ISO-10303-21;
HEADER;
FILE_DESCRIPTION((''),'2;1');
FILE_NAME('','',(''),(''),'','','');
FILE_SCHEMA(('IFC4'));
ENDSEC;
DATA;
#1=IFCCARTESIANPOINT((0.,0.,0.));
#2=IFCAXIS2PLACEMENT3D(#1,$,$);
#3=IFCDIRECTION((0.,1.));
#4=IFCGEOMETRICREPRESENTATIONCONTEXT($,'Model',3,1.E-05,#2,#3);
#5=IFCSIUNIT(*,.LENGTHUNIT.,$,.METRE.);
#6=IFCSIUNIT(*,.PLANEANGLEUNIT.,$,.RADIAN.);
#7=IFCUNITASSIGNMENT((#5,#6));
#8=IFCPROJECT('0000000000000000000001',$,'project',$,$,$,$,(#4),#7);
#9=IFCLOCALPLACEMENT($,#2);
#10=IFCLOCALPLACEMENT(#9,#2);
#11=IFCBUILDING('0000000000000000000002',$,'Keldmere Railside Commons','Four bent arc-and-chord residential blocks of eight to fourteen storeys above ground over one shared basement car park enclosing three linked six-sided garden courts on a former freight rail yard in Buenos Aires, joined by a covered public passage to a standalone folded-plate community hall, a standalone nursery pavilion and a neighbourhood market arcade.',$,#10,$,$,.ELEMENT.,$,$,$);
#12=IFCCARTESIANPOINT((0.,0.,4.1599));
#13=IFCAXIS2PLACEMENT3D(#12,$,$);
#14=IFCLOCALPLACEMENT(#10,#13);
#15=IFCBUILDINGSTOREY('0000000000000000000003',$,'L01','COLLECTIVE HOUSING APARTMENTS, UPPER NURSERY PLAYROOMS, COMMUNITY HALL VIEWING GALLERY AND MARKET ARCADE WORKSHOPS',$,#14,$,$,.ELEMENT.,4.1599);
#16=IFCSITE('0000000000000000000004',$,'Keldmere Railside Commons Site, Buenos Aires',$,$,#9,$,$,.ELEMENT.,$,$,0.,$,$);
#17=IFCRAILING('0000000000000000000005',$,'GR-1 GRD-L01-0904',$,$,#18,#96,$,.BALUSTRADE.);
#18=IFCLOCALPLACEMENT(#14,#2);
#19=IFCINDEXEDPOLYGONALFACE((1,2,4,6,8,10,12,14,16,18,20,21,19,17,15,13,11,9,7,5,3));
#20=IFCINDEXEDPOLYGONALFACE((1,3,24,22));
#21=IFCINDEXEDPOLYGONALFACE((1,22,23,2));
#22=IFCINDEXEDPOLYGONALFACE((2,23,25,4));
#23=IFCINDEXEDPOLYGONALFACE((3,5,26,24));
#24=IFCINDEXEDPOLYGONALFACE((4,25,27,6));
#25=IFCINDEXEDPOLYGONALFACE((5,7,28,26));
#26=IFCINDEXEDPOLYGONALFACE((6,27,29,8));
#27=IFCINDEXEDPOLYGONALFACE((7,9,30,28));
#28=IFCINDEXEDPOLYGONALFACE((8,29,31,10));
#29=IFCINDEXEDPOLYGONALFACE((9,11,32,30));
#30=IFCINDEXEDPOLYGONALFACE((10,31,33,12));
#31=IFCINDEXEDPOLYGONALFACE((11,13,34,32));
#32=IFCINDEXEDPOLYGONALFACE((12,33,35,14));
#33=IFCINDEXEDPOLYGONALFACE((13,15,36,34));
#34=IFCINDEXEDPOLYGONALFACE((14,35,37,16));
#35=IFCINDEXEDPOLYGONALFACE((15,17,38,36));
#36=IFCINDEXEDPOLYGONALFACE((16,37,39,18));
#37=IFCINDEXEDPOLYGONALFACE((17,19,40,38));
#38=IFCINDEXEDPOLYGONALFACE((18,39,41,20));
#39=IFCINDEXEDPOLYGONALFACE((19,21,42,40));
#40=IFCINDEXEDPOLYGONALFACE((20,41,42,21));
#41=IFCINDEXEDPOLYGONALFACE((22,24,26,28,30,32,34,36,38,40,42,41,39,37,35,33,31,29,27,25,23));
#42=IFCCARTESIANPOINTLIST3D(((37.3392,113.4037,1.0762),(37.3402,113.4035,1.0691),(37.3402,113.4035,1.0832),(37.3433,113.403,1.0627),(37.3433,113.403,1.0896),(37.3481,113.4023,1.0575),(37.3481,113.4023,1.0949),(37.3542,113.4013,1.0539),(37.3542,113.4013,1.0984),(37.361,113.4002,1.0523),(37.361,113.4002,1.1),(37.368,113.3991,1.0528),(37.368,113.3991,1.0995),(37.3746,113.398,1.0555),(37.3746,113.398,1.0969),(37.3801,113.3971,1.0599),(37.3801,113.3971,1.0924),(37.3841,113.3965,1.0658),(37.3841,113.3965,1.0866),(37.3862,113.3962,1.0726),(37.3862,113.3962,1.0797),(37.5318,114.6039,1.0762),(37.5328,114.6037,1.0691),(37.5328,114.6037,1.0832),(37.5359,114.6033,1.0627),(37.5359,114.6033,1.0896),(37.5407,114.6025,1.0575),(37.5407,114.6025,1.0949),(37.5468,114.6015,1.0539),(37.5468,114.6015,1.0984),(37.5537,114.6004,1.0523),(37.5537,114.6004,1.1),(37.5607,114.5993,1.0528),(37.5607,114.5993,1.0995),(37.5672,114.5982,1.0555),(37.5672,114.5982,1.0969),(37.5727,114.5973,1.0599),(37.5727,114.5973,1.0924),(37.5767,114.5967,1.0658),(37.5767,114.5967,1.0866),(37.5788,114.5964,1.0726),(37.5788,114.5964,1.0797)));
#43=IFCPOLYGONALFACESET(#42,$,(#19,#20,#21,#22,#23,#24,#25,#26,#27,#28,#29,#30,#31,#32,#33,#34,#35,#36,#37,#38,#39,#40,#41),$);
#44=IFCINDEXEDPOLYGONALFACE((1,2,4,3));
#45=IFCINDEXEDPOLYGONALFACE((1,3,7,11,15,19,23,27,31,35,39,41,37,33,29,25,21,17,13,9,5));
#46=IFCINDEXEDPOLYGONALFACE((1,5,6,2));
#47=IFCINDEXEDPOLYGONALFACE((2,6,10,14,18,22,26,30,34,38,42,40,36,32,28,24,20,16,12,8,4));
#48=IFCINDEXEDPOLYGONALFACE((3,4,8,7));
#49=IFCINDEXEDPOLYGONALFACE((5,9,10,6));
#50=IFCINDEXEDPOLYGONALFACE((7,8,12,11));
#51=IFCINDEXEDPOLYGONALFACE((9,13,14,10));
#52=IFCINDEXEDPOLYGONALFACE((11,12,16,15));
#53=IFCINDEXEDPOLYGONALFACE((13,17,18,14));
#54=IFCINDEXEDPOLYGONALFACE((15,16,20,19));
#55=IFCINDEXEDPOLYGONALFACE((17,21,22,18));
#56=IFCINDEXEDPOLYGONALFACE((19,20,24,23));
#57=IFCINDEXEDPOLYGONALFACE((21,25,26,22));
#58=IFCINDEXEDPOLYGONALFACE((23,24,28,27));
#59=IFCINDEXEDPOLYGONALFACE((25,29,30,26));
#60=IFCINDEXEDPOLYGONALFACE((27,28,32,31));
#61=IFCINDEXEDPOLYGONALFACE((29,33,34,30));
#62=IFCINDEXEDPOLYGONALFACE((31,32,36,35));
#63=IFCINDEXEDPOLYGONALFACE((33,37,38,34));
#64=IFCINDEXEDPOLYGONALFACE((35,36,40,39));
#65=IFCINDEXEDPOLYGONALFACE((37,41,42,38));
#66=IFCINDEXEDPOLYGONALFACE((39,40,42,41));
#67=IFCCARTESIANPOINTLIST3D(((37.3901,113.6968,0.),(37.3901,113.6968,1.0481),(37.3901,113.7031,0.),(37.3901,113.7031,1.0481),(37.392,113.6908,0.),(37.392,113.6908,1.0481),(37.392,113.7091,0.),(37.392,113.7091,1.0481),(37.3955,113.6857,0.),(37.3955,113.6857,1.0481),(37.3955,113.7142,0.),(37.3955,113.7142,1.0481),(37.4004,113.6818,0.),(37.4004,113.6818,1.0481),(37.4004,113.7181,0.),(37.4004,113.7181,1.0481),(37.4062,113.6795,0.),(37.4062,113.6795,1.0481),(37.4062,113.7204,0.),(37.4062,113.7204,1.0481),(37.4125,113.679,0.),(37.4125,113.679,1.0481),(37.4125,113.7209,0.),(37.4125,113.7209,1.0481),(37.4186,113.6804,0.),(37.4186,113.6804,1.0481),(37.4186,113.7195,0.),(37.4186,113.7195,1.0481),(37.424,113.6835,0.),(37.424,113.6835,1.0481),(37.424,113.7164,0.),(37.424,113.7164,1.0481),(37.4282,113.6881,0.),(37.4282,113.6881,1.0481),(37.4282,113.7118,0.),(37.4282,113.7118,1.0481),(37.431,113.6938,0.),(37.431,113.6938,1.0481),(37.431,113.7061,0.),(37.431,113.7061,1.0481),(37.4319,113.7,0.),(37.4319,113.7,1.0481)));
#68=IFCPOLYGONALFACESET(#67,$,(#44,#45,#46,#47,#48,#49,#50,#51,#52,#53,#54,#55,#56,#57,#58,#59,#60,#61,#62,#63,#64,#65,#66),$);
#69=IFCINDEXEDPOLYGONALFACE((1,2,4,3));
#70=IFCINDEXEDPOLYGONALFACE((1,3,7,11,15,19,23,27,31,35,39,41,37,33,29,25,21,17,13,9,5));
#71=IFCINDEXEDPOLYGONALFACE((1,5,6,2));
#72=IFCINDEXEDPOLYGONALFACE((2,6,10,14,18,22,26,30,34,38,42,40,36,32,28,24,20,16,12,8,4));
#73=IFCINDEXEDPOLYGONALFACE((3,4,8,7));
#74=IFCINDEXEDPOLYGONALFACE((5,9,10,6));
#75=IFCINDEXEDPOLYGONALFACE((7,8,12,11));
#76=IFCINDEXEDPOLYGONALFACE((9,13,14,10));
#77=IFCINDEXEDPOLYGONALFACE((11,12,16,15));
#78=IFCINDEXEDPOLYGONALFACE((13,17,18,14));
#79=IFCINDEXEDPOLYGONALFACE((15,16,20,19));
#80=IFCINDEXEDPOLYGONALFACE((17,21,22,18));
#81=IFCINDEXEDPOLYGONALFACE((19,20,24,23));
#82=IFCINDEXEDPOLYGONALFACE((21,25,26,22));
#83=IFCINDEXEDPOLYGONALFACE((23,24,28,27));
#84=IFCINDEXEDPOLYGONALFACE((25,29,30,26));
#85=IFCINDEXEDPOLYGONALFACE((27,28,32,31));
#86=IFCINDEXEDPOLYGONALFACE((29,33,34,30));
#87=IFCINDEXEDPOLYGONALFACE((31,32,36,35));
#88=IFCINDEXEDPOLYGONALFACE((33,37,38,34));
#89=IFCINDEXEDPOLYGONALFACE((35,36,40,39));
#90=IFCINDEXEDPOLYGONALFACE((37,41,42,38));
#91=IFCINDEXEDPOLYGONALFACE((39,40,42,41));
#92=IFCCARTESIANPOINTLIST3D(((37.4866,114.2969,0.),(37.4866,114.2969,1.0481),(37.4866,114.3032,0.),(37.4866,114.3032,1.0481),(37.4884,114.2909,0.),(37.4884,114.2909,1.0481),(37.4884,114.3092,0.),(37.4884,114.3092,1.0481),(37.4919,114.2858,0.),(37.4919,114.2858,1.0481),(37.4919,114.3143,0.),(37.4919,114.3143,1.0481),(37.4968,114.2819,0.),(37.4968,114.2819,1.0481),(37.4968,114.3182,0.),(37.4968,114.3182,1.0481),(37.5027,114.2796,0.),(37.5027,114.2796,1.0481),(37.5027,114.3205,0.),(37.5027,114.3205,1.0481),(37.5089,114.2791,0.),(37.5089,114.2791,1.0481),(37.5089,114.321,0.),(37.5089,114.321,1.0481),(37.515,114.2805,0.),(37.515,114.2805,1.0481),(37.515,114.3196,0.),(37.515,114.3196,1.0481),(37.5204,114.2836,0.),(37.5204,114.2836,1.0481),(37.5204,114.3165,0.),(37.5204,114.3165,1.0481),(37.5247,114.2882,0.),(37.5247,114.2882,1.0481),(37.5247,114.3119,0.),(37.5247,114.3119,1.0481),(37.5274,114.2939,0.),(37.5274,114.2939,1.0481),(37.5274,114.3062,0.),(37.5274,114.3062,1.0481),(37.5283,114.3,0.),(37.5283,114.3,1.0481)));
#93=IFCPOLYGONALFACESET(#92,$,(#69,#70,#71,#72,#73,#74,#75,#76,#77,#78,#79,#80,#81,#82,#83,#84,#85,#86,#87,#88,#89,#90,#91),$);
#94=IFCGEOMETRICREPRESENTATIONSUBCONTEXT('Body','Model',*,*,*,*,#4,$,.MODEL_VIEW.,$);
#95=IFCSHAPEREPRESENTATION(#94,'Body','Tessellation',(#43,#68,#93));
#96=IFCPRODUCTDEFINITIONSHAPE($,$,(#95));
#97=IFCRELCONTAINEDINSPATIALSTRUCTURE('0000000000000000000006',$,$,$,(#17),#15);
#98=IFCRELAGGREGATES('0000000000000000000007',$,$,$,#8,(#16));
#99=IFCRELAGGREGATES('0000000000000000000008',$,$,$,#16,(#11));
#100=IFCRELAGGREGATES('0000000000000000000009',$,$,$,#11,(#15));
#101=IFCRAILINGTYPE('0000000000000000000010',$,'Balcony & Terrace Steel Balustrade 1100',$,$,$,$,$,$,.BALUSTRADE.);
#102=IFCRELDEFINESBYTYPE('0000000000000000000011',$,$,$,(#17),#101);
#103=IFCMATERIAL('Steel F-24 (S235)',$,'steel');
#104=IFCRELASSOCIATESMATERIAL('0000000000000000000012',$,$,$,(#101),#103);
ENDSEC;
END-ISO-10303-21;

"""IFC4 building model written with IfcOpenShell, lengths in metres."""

from ifc_helpers import new_model, si_unit, direction, frame, origin, origin_2d, place, context, subcontext, project, spatial, circle, extrude, material, type_object, element, save


model = new_model("IFC4")

# Units and contexts
model_context = context("Model", 3, precision=1e-05, world=origin(), true_north=direction((0.0, 1.0)))
body_context = subcontext(model_context, "Body", "Model", "MODEL_VIEW")
ifc_project = project(units=[si_unit("LENGTHUNIT", "METRE"), si_unit("PLANEANGLEUNIT", "RADIAN")], contexts=[model_context])

# Site, building, storey
site_placement = place(None, origin())
site = spatial("IfcSite", under=ifc_project, at=site_placement, Name="Keldmere Railside Commons Site, Buenos Aires", CompositionType="ELEMENT", RefElevation=0.0)
building_placement = place(site_placement, origin())
building = spatial("IfcBuilding", under=site, at=building_placement, Name="Keldmere Railside Commons", Description="Four bent arc-and-chord residential blocks of eight to fourteen storeys above ground over one shared basement car park enclosing three linked six-sided garden courts on a former freight rail yard in Buenos Aires, joined by a covered public passage to a standalone folded-plate community hall, a standalone nursery pavilion and a neighbourhood market arcade.", CompositionType="ELEMENT")
storey_placement = place(building_placement, frame((0.0, 0.0, 4.1599)))
storey = spatial("IfcBuildingStorey", under=building, at=storey_placement, Name="L01", Description="COLLECTIVE HOUSING APARTMENTS, UPPER NURSERY PLAYROOMS, COMMUNITY HALL VIEWING GALLERY AND MARKET ARCADE WORKSHOPS", CompositionType="ELEMENT", Elevation=4.1599)

# Railing
ifc_material_1 = material(Name="Steel F-24 (S235)", Category="steel")
railing_type = type_object("IfcRailingType", Name="Balcony & Terrace Steel Balustrade 1100", PredefinedType="BALUSTRADE", material=ifc_material_1)
railing_1_placement = place(storey_placement, frame((37.3628, 113.3999, 0.0)))
element("IfcRailing", 1, at=railing_1_placement, inside=storey, type_object=railing_type, Name="GR-1 GRD-L01-0904", PredefinedType="BALUSTRADE", context=body_context, shape_type="SweptSolid", body=[
    extrude(circle(Radius=0.0239, at=origin_2d()), frame((0.0, 0.0, 1.0762), z_axis=(0.158468, 0.987364, 0.0), x_axis=(-0.987364, 0.158468, 0.0)), (0.0, 0.0, 1.0), 1.2156),
    extrude(circle(Radius=0.021, at=origin_2d()), frame((0.0481, 0.3, 0.0)), (0.0, 0.0, 1.0), 1.0481),
    extrude(circle(Radius=0.021, at=origin_2d()), frame((0.1445, 0.9001, 0.0)), (0.0, 0.0, 1.0), 1.0481),
])

save(model, "model.ifc")
